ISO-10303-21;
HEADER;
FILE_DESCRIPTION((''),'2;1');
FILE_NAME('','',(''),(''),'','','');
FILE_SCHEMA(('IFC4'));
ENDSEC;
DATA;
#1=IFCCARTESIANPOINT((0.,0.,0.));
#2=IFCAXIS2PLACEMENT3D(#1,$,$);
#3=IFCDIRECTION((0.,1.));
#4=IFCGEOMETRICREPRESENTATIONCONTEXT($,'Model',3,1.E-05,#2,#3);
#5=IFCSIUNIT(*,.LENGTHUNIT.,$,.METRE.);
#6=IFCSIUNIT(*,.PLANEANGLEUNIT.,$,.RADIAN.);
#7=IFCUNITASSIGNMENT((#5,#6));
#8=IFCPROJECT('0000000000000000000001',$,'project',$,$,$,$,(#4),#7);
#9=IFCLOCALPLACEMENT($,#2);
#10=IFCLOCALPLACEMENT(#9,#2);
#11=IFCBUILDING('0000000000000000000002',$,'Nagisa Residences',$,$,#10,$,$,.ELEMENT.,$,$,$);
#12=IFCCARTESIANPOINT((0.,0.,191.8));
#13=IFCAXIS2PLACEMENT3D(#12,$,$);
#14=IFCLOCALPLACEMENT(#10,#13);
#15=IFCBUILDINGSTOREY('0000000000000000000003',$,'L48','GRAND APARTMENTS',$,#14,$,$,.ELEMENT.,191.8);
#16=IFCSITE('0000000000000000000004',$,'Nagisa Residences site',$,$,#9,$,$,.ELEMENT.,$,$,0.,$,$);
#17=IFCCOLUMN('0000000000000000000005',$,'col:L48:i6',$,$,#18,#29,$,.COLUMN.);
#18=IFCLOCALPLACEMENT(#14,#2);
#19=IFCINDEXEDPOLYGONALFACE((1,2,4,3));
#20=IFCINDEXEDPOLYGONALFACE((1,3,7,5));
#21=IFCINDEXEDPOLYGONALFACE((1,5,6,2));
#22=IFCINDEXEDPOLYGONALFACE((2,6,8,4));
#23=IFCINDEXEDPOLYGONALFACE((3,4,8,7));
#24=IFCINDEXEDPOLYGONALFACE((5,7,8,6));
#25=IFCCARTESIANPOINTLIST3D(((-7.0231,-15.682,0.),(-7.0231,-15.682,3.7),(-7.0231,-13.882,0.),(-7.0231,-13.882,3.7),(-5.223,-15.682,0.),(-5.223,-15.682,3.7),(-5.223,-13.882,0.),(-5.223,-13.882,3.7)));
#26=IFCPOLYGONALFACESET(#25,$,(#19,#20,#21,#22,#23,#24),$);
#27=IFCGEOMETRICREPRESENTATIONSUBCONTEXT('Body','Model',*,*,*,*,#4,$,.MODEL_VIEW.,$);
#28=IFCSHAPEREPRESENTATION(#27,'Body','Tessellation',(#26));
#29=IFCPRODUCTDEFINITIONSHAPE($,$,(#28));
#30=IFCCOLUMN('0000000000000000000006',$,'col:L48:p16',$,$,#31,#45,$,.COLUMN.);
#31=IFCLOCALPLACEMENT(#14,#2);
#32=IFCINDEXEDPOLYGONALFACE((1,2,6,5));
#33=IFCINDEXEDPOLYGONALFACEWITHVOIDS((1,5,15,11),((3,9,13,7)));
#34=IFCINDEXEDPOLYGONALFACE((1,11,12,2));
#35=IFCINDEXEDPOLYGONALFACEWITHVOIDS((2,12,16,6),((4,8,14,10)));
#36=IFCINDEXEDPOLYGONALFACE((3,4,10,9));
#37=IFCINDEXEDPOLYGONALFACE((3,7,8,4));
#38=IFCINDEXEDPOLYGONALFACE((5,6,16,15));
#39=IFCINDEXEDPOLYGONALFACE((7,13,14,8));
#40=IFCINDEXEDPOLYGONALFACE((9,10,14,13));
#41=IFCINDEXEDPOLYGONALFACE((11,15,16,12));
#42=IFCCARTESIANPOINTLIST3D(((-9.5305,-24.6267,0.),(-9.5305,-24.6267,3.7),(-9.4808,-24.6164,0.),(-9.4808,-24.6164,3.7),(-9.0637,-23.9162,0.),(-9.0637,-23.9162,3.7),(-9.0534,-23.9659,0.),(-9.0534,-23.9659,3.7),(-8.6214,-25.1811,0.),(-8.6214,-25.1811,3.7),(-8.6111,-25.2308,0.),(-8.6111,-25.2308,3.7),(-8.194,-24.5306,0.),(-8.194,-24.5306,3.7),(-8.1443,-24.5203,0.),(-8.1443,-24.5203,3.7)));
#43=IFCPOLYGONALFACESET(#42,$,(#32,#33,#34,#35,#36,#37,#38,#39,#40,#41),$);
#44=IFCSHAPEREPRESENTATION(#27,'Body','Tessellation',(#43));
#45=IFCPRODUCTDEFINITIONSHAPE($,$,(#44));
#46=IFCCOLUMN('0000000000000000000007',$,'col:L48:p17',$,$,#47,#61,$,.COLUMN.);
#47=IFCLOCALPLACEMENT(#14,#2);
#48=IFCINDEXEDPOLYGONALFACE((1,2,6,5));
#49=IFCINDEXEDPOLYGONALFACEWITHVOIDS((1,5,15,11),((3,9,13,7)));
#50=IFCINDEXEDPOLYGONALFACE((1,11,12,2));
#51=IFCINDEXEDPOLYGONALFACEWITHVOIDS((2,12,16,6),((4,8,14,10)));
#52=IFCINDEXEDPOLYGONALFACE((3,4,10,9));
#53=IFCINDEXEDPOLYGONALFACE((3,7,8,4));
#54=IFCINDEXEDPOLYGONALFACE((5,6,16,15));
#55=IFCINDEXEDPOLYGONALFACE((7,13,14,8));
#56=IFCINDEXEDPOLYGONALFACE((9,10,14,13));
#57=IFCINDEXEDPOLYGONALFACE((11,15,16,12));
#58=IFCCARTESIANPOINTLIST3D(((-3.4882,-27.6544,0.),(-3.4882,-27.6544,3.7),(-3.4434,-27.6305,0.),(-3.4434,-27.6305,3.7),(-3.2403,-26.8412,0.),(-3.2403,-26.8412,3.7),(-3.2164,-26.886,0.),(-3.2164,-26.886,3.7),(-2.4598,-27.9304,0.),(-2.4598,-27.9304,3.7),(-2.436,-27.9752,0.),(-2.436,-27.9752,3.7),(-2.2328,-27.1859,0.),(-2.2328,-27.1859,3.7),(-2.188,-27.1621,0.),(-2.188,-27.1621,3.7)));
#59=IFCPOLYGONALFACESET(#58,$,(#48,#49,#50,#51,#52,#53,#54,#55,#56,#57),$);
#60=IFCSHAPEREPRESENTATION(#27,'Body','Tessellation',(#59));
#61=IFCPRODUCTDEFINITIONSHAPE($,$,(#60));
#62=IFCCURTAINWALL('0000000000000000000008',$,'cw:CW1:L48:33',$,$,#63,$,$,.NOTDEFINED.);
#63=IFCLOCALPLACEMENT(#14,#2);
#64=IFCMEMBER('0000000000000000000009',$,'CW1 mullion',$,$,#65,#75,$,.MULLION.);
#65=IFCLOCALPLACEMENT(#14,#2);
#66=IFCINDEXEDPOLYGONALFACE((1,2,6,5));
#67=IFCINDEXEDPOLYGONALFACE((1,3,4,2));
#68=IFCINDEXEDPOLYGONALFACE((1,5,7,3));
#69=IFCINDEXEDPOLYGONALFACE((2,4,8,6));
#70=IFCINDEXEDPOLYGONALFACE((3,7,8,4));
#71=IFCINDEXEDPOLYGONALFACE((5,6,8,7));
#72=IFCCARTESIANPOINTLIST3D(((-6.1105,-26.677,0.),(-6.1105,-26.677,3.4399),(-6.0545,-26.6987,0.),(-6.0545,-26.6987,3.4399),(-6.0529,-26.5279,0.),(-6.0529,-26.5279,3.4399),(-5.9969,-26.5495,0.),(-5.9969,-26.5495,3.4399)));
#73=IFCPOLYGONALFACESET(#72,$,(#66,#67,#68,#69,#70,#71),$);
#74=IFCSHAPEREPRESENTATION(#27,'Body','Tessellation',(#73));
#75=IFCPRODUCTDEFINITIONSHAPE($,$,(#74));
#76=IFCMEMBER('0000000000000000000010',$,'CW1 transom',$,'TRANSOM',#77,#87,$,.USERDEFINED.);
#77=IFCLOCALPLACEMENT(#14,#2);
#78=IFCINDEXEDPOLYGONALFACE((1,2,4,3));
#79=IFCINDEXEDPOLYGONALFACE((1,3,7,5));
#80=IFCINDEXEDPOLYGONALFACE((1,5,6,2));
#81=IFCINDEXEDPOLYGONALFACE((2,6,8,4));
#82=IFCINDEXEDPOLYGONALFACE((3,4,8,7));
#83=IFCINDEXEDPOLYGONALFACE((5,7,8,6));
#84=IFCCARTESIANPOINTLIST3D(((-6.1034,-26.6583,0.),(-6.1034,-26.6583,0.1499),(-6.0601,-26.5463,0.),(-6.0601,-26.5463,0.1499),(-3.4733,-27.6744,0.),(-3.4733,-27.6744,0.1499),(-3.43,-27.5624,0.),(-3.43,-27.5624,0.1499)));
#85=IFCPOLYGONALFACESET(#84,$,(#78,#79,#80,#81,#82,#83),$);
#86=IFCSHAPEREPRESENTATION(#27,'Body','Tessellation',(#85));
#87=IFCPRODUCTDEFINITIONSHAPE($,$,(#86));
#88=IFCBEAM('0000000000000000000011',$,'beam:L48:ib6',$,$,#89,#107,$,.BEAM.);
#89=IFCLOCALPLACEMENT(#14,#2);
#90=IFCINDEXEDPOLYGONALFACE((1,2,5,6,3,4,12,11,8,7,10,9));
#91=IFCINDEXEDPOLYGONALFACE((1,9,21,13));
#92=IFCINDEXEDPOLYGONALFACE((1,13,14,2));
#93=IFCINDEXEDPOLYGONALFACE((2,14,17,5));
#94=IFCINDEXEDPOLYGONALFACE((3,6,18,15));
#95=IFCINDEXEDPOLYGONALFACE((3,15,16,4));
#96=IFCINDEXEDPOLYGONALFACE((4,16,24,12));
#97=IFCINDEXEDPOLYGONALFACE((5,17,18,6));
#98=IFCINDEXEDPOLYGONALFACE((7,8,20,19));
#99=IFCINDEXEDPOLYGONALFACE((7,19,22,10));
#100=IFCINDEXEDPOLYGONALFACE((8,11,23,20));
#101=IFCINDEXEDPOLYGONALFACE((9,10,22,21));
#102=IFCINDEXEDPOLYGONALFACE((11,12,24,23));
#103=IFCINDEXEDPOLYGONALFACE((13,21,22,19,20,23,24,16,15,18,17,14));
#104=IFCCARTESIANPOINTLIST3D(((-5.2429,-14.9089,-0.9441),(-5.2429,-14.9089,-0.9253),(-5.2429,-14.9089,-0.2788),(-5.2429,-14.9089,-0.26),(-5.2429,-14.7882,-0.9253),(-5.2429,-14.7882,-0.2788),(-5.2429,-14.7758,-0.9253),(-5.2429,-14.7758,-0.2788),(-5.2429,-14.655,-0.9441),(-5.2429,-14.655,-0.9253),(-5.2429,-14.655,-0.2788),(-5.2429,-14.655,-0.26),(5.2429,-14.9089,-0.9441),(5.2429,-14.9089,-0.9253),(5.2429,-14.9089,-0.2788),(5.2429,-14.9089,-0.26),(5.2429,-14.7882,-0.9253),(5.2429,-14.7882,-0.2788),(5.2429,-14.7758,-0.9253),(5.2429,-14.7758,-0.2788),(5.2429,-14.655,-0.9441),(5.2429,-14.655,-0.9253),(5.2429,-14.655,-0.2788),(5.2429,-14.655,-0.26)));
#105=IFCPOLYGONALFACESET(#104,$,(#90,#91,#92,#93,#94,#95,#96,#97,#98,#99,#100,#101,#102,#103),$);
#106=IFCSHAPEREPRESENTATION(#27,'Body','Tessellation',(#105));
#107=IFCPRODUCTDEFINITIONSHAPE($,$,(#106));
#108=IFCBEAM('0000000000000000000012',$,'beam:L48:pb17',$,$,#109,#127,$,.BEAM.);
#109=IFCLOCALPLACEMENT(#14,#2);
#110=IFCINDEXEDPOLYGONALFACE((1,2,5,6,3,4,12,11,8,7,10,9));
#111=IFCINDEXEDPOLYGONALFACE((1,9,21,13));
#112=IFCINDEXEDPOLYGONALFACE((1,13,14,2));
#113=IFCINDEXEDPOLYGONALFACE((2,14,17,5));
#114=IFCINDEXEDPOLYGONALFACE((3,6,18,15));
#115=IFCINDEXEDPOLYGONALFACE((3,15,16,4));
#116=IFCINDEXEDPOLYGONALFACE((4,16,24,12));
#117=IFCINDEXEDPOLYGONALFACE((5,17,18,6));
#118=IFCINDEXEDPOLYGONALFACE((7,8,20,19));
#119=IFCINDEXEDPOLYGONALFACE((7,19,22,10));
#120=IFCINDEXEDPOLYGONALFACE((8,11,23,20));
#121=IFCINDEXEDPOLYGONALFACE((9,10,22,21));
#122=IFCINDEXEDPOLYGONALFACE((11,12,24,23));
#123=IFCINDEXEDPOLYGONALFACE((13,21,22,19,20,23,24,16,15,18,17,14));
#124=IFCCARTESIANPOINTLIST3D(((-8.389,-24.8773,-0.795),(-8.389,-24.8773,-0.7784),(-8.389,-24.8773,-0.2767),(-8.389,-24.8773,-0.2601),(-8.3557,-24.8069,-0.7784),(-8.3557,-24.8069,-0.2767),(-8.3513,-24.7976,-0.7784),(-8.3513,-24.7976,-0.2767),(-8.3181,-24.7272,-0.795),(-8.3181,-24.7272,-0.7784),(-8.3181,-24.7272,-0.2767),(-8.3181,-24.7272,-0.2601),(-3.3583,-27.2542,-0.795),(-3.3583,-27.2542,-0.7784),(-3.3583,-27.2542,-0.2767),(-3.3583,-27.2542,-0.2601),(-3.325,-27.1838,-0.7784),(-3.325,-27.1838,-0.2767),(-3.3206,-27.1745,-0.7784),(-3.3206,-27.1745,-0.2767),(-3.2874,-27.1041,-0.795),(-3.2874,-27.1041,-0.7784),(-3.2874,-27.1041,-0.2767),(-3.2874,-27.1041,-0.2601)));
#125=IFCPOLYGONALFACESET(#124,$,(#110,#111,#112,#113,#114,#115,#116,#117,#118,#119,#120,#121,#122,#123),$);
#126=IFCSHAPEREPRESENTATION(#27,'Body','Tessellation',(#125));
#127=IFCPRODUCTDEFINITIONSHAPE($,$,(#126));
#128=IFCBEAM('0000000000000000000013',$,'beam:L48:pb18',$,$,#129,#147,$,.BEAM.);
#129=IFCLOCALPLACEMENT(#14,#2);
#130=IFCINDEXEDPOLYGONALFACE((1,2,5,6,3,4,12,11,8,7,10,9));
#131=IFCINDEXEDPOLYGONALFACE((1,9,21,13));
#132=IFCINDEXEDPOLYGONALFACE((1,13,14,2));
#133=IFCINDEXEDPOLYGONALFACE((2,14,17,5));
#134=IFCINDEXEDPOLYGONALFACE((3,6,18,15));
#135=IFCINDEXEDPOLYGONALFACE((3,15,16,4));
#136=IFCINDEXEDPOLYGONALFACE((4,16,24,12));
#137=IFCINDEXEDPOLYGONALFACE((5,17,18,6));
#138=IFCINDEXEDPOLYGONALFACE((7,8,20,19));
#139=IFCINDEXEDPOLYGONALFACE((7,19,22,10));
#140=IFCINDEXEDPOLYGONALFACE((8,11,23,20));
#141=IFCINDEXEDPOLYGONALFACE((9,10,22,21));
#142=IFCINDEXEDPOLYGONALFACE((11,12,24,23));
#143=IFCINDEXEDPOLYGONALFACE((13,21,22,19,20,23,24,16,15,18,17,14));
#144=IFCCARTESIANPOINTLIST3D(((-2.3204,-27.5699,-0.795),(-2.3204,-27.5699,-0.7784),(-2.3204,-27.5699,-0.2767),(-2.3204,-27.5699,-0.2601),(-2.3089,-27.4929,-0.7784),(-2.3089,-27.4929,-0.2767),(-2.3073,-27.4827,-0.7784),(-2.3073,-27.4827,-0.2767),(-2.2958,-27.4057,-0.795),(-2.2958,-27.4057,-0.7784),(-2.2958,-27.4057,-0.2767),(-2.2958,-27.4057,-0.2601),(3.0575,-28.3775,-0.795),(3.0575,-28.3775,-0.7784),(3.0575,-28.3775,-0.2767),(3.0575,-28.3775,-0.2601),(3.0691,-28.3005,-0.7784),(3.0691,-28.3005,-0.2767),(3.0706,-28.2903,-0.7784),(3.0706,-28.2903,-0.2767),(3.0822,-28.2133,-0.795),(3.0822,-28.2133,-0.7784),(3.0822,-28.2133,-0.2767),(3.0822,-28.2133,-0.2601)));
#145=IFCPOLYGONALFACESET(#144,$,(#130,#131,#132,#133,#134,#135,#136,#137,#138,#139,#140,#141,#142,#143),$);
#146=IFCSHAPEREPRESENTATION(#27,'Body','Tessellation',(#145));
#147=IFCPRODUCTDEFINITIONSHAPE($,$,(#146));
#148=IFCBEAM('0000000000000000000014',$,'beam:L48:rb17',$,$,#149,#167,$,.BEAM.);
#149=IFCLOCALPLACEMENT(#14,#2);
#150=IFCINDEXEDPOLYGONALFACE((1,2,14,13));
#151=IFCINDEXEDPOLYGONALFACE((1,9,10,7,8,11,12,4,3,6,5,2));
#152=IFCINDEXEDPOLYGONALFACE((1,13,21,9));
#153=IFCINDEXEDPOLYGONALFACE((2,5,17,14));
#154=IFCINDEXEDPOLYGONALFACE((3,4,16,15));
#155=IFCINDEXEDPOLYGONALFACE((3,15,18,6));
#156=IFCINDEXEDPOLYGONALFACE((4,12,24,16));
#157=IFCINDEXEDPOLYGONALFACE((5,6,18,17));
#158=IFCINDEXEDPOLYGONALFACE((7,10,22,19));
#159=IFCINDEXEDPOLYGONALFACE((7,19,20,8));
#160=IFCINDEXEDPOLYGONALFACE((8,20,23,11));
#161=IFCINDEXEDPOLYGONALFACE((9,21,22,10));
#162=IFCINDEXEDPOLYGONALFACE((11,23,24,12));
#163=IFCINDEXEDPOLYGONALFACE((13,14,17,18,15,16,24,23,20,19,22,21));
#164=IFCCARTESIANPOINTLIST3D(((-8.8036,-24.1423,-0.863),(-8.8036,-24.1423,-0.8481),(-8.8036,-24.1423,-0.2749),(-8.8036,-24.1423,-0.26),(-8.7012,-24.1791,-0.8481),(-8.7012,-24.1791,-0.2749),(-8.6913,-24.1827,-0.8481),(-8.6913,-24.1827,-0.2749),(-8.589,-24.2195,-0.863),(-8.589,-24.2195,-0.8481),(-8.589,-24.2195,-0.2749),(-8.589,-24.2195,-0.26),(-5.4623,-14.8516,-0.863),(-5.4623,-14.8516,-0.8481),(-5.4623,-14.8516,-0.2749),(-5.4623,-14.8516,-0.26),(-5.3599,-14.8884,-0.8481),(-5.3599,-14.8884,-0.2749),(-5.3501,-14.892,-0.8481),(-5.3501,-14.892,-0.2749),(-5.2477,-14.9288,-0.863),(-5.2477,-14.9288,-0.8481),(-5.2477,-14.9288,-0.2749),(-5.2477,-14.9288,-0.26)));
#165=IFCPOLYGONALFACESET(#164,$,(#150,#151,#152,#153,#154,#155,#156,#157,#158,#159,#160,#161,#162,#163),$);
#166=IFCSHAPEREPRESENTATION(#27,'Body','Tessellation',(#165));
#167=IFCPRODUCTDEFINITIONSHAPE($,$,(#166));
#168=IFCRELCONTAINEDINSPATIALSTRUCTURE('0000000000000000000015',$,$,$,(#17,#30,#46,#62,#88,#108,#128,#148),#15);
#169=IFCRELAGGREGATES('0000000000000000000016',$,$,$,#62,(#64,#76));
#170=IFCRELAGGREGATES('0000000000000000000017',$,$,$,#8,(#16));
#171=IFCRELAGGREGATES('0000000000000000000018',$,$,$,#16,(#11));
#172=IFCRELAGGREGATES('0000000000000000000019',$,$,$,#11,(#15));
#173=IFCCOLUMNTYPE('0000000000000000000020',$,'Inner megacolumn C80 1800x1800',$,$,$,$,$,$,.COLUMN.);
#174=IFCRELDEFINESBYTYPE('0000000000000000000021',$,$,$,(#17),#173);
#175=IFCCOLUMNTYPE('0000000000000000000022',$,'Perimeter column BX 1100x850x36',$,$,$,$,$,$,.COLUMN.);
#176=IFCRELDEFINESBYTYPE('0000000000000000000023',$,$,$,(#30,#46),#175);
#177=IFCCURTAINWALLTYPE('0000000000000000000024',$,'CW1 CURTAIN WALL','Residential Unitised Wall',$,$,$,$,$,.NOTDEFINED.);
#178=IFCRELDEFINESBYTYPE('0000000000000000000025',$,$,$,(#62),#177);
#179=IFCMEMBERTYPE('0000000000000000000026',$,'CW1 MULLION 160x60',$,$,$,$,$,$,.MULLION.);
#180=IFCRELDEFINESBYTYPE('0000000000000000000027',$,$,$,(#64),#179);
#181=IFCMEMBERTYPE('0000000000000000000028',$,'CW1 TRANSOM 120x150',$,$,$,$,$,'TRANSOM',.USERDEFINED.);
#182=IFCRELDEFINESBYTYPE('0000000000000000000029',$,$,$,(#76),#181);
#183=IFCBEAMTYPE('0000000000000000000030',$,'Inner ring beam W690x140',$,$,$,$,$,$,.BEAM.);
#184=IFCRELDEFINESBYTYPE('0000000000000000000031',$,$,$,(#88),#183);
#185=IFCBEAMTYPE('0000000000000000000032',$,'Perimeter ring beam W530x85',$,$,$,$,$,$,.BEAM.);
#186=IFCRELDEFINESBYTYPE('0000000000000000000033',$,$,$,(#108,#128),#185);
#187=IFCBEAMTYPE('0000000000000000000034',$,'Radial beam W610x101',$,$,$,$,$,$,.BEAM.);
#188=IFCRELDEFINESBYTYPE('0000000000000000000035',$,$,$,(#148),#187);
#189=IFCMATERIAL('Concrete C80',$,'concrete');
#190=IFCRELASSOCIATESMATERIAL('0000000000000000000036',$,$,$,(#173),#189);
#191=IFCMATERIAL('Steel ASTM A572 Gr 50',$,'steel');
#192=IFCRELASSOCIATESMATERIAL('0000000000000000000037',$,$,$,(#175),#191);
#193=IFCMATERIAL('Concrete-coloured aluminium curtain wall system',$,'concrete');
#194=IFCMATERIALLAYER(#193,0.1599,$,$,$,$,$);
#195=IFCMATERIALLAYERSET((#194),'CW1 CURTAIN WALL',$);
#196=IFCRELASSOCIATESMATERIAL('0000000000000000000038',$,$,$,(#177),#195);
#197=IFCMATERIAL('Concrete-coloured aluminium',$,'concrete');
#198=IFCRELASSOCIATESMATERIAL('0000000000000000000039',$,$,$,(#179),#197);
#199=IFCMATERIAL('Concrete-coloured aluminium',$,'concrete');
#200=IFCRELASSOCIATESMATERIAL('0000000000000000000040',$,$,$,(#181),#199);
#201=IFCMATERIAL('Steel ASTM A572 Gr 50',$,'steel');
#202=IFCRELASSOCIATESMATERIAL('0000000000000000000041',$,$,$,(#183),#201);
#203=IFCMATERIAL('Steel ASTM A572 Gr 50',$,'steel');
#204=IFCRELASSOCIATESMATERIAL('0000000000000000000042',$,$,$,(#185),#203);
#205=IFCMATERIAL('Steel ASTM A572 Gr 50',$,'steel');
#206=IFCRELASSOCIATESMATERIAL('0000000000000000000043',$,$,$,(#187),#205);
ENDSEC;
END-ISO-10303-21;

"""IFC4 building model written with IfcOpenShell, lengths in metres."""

from ifc_helpers import new_model, si_unit, direction, frame, origin, origin_2d, place, context, subcontext, project, spatial, rectangle, hollow_rectangle, i_section, extrude, material, layer, layer_set, material_profile, profile_set, type_object, element, aggregate, save


model = new_model("IFC4")

# Units and contexts
model_context = context("Model", 3, precision=1e-05, world=origin(), true_north=direction((0.0, 1.0)))
body_context = subcontext(model_context, "Body", "Model", "MODEL_VIEW")
ifc_project = project(units=[si_unit("LENGTHUNIT", "METRE"), si_unit("PLANEANGLEUNIT", "RADIAN")], contexts=[model_context])

# Site, building, storey
site_placement = place(None, origin())
site = spatial("IfcSite", under=ifc_project, at=site_placement, Name="Nagisa Residences site", CompositionType="ELEMENT", RefElevation=0.0)
building_placement = place(site_placement, origin())
building = spatial("IfcBuilding", under=site, at=building_placement, Name="Nagisa Residences", CompositionType="ELEMENT")
storey_placement = place(building_placement, frame((0.0, 0.0, 191.8)))
storey = spatial("IfcBuildingStorey", under=building, at=storey_placement, Name="L48", Description="GRAND APARTMENTS", CompositionType="ELEMENT", Elevation=191.8)

# Columns
ifc_material_1 = material(Name="Concrete C80", Category="concrete")
ifc_material_profile_1 = material_profile(ifc_material_1, rectangle(XDim=1.8, YDim=1.8, at=origin_2d()), Name="C80 1800x1800")
ifc_profile_set_1 = profile_set([ifc_material_profile_1], Name="Concrete C80")
column_type_1 = type_object("IfcColumnType", Name="Inner megacolumn C80 1800x1800", PredefinedType="COLUMN", material=ifc_profile_set_1)
column_placement = place(storey_placement, frame((-6.123, -14.782, 0.0), z_axis=(0.0, 0.0, 1.0), x_axis=(1.0, 0.0, 0.0)))
element("IfcColumn", 1, at=column_placement, inside=storey, type_object=column_type_1, Name="col:L48:i6", PredefinedType="COLUMN", context=body_context, shape_type="SweptSolid", body=[
    extrude(rectangle(XDim=1.8, YDim=1.8, at=origin_2d()), origin(), (0.0, 0.0, 1.0), 3.7),
])
ifc_material_2 = material(Name="Steel ASTM A572 Gr 50", Category="steel")
ifc_material_profile_2 = material_profile(ifc_material_2, hollow_rectangle(XDim=1.1001, YDim=0.8501, WallThickness=0.0359, at=origin_2d()), Name="BX 1100x850x36")
ifc_profile_set_2 = profile_set([ifc_material_profile_2], Name="Steel ASTM A572 Gr 50")
column_type_2 = type_object("IfcColumnType", Name="Perimeter column BX 1100x850x36", PredefinedType="COLUMN", material=ifc_profile_set_2)
for number, where, z_axis, x_axis, name in (
    (2, (-8.8374, -24.5735, 0.0), (0.0, 0.0, 1.0), (0.835766, -0.549086, 0.0), "col:L48:p16"),
    (3, (-2.8381, -27.4082, 0.0), (0.0, 0.0, 1.0), (0.956525, -0.291652, 0.0), "col:L48:p17"),
):
    element("IfcColumn", number, at=place(storey_placement, frame(where, z_axis=z_axis, x_axis=x_axis)), inside=storey, type_object=column_type_2, Name=name, PredefinedType="COLUMN", context=body_context, shape_type="SweptSolid", body=[
        extrude(hollow_rectangle(XDim=1.1001, YDim=0.8501, WallThickness=0.0359, at=origin_2d()), origin(), (0.0, 0.0, 1.0), 3.7),
    ])

# Curtain wall, members
ifc_material_3 = material(Name="Concrete-coloured aluminium curtain wall system", Category="concrete")
ifc_layer_1 = layer(ifc_material_3, 0.1599)
ifc_layer_set_1 = layer_set([ifc_layer_1], Name="CW1 CURTAIN WALL")
curtain_wall_type = type_object("IfcCurtainWallType", Name="CW1 CURTAIN WALL", Description="Residential Unitised Wall", PredefinedType="NOTDEFINED", material=ifc_layer_set_1)
curtain_wall_placement = place(storey_placement, origin())
curtain_wall = element("IfcCurtainWall", 4, at=curtain_wall_placement, inside=storey, type_object=curtain_wall_type, Name="cw:CW1:L48:33", PredefinedType="NOTDEFINED")
ifc_material_4 = material(Name="Concrete-coloured aluminium", Category="concrete")
ifc_material_profile_3 = material_profile(ifc_material_4, rectangle(XDim=0.1599, YDim=0.0601, at=origin_2d()), Name="CW1 MULLION 160x60")
ifc_profile_set_3 = profile_set([ifc_material_profile_3], Name="Concrete-coloured aluminium")
member_type_1 = type_object("IfcMemberType", Name="CW1 MULLION 160x60", PredefinedType="MULLION", material=ifc_profile_set_3)
member_1_placement = place(storey_placement, frame((-6.0537, -26.6133, 0.0), z_axis=(0.0, 0.0, 1.0), x_axis=(0.360328, 0.932826, 0.0)))
member_1 = element("IfcMember", 5, at=member_1_placement, type_object=member_type_1, Name="CW1 mullion", PredefinedType="MULLION", context=body_context, shape_type="SweptSolid", body=[
    extrude(rectangle(XDim=0.1599, YDim=0.0601, at=origin_2d()), origin(), (0.0, 0.0, 1.0), 3.4399),
])
ifc_material_5 = material(Name="Concrete-coloured aluminium", Category="concrete")
ifc_material_profile_4 = material_profile(ifc_material_5, rectangle(XDim=0.1201, YDim=0.1499, at=origin_2d()), Name="CW1 TRANSOM 120x150")
ifc_profile_set_4 = profile_set([ifc_material_profile_4], Name="Concrete-coloured aluminium")
member_type_2 = type_object("IfcMemberType", Name="CW1 TRANSOM 120x150", ElementType="TRANSOM", PredefinedType="USERDEFINED", material=ifc_profile_set_4)
member_2_placement = place(storey_placement, frame((-6.0818, -26.6023, 0.075), z_axis=(0.932807, -0.360377, 0.0), x_axis=(0.360377, 0.932807, 0.0)))
member_2 = element("IfcMember", 6, at=member_2_placement, type_object=member_type_2, Name="CW1 transom", ObjectType="TRANSOM", PredefinedType="USERDEFINED", context=body_context, shape_type="SweptSolid", body=[
    extrude(rectangle(XDim=0.1201, YDim=0.1499, at=origin_2d()), origin(), (0.0, 0.0, 1.0), 2.8196),
])

# Beams
ifc_material_6 = material(Name="Steel ASTM A572 Gr 50", Category="steel")
ifc_material_profile_5 = material_profile(ifc_material_6, i_section(OverallWidth=0.2539, OverallDepth=0.6841, WebThickness=0.0125, FlangeThickness=0.0188, at=origin_2d()), Name="W690x140")
ifc_profile_set_5 = profile_set([ifc_material_profile_5], Name="Steel ASTM A572 Gr 50")
beam_type_1 = type_object("IfcBeamType", Name="Inner ring beam W690x140", PredefinedType="BEAM", material=ifc_profile_set_5)
beam_1_placement = place(storey_placement, frame((-5.2429, -14.782, -0.6021), z_axis=(1.0, 0.0, 0.0), x_axis=(0.0, 1.0, 0.0)))
element("IfcBeam", 7, at=beam_1_placement, inside=storey, type_object=beam_type_1, Name="beam:L48:ib6", PredefinedType="BEAM", context=body_context, shape_type="SweptSolid", body=[
    extrude(i_section(OverallWidth=0.2539, OverallDepth=0.6841, WebThickness=0.0125, FlangeThickness=0.0188, at=origin_2d()), origin(), (0.0, 0.0, 1.0), 10.4858),
])
ifc_material_7 = material(Name="Steel ASTM A572 Gr 50", Category="steel")
ifc_material_profile_6 = material_profile(ifc_material_7, i_section(OverallWidth=0.166, OverallDepth=0.5349, WebThickness=0.0103, FlangeThickness=0.0166, at=origin_2d()), Name="W530x85")
ifc_profile_set_6 = profile_set([ifc_material_profile_6], Name="Steel ASTM A572 Gr 50")
beam_type_2 = type_object("IfcBeamType", Name="Perimeter ring beam W530x85", PredefinedType="BEAM", material=ifc_profile_set_6)
beam_2_placement = place(storey_placement, frame((-8.3535, -24.8022, -0.5276), z_axis=(0.904157, -0.4272, 0.0), x_axis=(0.4272, 0.904157, 0.0)))
element("IfcBeam", 8, at=beam_2_placement, inside=storey, type_object=beam_type_2, Name="beam:L48:pb17", PredefinedType="BEAM", context=body_context, shape_type="SweptSolid", body=[
    extrude(i_section(OverallWidth=0.166, OverallDepth=0.5349, WebThickness=0.0103, FlangeThickness=0.0166, at=origin_2d()), origin(), (0.0, 0.0, 1.0), 5.564),
])
beam_3_placement = place(storey_placement, frame((-2.3081, -27.4878, -0.5276), z_axis=(0.988911, -0.148507, 0.0), x_axis=(0.148507, 0.988911, 0.0)))
element("IfcBeam", 9, at=beam_3_placement, inside=storey, type_object=beam_type_2, Name="beam:L48:pb18", PredefinedType="BEAM", context=body_context, shape_type="SweptSolid", body=[
    extrude(i_section(OverallWidth=0.166, OverallDepth=0.5349, WebThickness=0.0103, FlangeThickness=0.0166, at=origin_2d()), origin(), (0.0, 0.0, 1.0), 5.4382),
])
ifc_material_8 = material(Name="Steel ASTM A572 Gr 50", Category="steel")
ifc_material_profile_7 = material_profile(ifc_material_8, i_section(OverallWidth=0.228, OverallDepth=0.603, WebThickness=0.0105, FlangeThickness=0.0149, at=origin_2d()), Name="W610x101")
ifc_profile_set_7 = profile_set([ifc_material_profile_7], Name="Steel ASTM A572 Gr 50")
beam_type_3 = type_object("IfcBeamType", Name="Radial beam W610x101", PredefinedType="BEAM", material=ifc_profile_set_7)
beam_4_placement = place(storey_placement, frame((-8.6963, -24.1809, -0.5615), z_axis=(0.338417, 0.940996, 0.0), x_axis=(-0.940996, 0.338417, 0.0)))
element("IfcBeam", 10, at=beam_4_placement, inside=storey, type_object=beam_type_3, Name="beam:L48:rb17", PredefinedType="BEAM", context=body_context, shape_type="SweptSolid", body=[
    extrude(i_section(OverallWidth=0.228, OverallDepth=0.603, WebThickness=0.0105, FlangeThickness=0.0149, at=origin_2d()), origin(), (0.0, 0.0, 1.0), 9.8733),
])

aggregate(curtain_wall, [member_1, member_2])

save(model, "model.ifc")
